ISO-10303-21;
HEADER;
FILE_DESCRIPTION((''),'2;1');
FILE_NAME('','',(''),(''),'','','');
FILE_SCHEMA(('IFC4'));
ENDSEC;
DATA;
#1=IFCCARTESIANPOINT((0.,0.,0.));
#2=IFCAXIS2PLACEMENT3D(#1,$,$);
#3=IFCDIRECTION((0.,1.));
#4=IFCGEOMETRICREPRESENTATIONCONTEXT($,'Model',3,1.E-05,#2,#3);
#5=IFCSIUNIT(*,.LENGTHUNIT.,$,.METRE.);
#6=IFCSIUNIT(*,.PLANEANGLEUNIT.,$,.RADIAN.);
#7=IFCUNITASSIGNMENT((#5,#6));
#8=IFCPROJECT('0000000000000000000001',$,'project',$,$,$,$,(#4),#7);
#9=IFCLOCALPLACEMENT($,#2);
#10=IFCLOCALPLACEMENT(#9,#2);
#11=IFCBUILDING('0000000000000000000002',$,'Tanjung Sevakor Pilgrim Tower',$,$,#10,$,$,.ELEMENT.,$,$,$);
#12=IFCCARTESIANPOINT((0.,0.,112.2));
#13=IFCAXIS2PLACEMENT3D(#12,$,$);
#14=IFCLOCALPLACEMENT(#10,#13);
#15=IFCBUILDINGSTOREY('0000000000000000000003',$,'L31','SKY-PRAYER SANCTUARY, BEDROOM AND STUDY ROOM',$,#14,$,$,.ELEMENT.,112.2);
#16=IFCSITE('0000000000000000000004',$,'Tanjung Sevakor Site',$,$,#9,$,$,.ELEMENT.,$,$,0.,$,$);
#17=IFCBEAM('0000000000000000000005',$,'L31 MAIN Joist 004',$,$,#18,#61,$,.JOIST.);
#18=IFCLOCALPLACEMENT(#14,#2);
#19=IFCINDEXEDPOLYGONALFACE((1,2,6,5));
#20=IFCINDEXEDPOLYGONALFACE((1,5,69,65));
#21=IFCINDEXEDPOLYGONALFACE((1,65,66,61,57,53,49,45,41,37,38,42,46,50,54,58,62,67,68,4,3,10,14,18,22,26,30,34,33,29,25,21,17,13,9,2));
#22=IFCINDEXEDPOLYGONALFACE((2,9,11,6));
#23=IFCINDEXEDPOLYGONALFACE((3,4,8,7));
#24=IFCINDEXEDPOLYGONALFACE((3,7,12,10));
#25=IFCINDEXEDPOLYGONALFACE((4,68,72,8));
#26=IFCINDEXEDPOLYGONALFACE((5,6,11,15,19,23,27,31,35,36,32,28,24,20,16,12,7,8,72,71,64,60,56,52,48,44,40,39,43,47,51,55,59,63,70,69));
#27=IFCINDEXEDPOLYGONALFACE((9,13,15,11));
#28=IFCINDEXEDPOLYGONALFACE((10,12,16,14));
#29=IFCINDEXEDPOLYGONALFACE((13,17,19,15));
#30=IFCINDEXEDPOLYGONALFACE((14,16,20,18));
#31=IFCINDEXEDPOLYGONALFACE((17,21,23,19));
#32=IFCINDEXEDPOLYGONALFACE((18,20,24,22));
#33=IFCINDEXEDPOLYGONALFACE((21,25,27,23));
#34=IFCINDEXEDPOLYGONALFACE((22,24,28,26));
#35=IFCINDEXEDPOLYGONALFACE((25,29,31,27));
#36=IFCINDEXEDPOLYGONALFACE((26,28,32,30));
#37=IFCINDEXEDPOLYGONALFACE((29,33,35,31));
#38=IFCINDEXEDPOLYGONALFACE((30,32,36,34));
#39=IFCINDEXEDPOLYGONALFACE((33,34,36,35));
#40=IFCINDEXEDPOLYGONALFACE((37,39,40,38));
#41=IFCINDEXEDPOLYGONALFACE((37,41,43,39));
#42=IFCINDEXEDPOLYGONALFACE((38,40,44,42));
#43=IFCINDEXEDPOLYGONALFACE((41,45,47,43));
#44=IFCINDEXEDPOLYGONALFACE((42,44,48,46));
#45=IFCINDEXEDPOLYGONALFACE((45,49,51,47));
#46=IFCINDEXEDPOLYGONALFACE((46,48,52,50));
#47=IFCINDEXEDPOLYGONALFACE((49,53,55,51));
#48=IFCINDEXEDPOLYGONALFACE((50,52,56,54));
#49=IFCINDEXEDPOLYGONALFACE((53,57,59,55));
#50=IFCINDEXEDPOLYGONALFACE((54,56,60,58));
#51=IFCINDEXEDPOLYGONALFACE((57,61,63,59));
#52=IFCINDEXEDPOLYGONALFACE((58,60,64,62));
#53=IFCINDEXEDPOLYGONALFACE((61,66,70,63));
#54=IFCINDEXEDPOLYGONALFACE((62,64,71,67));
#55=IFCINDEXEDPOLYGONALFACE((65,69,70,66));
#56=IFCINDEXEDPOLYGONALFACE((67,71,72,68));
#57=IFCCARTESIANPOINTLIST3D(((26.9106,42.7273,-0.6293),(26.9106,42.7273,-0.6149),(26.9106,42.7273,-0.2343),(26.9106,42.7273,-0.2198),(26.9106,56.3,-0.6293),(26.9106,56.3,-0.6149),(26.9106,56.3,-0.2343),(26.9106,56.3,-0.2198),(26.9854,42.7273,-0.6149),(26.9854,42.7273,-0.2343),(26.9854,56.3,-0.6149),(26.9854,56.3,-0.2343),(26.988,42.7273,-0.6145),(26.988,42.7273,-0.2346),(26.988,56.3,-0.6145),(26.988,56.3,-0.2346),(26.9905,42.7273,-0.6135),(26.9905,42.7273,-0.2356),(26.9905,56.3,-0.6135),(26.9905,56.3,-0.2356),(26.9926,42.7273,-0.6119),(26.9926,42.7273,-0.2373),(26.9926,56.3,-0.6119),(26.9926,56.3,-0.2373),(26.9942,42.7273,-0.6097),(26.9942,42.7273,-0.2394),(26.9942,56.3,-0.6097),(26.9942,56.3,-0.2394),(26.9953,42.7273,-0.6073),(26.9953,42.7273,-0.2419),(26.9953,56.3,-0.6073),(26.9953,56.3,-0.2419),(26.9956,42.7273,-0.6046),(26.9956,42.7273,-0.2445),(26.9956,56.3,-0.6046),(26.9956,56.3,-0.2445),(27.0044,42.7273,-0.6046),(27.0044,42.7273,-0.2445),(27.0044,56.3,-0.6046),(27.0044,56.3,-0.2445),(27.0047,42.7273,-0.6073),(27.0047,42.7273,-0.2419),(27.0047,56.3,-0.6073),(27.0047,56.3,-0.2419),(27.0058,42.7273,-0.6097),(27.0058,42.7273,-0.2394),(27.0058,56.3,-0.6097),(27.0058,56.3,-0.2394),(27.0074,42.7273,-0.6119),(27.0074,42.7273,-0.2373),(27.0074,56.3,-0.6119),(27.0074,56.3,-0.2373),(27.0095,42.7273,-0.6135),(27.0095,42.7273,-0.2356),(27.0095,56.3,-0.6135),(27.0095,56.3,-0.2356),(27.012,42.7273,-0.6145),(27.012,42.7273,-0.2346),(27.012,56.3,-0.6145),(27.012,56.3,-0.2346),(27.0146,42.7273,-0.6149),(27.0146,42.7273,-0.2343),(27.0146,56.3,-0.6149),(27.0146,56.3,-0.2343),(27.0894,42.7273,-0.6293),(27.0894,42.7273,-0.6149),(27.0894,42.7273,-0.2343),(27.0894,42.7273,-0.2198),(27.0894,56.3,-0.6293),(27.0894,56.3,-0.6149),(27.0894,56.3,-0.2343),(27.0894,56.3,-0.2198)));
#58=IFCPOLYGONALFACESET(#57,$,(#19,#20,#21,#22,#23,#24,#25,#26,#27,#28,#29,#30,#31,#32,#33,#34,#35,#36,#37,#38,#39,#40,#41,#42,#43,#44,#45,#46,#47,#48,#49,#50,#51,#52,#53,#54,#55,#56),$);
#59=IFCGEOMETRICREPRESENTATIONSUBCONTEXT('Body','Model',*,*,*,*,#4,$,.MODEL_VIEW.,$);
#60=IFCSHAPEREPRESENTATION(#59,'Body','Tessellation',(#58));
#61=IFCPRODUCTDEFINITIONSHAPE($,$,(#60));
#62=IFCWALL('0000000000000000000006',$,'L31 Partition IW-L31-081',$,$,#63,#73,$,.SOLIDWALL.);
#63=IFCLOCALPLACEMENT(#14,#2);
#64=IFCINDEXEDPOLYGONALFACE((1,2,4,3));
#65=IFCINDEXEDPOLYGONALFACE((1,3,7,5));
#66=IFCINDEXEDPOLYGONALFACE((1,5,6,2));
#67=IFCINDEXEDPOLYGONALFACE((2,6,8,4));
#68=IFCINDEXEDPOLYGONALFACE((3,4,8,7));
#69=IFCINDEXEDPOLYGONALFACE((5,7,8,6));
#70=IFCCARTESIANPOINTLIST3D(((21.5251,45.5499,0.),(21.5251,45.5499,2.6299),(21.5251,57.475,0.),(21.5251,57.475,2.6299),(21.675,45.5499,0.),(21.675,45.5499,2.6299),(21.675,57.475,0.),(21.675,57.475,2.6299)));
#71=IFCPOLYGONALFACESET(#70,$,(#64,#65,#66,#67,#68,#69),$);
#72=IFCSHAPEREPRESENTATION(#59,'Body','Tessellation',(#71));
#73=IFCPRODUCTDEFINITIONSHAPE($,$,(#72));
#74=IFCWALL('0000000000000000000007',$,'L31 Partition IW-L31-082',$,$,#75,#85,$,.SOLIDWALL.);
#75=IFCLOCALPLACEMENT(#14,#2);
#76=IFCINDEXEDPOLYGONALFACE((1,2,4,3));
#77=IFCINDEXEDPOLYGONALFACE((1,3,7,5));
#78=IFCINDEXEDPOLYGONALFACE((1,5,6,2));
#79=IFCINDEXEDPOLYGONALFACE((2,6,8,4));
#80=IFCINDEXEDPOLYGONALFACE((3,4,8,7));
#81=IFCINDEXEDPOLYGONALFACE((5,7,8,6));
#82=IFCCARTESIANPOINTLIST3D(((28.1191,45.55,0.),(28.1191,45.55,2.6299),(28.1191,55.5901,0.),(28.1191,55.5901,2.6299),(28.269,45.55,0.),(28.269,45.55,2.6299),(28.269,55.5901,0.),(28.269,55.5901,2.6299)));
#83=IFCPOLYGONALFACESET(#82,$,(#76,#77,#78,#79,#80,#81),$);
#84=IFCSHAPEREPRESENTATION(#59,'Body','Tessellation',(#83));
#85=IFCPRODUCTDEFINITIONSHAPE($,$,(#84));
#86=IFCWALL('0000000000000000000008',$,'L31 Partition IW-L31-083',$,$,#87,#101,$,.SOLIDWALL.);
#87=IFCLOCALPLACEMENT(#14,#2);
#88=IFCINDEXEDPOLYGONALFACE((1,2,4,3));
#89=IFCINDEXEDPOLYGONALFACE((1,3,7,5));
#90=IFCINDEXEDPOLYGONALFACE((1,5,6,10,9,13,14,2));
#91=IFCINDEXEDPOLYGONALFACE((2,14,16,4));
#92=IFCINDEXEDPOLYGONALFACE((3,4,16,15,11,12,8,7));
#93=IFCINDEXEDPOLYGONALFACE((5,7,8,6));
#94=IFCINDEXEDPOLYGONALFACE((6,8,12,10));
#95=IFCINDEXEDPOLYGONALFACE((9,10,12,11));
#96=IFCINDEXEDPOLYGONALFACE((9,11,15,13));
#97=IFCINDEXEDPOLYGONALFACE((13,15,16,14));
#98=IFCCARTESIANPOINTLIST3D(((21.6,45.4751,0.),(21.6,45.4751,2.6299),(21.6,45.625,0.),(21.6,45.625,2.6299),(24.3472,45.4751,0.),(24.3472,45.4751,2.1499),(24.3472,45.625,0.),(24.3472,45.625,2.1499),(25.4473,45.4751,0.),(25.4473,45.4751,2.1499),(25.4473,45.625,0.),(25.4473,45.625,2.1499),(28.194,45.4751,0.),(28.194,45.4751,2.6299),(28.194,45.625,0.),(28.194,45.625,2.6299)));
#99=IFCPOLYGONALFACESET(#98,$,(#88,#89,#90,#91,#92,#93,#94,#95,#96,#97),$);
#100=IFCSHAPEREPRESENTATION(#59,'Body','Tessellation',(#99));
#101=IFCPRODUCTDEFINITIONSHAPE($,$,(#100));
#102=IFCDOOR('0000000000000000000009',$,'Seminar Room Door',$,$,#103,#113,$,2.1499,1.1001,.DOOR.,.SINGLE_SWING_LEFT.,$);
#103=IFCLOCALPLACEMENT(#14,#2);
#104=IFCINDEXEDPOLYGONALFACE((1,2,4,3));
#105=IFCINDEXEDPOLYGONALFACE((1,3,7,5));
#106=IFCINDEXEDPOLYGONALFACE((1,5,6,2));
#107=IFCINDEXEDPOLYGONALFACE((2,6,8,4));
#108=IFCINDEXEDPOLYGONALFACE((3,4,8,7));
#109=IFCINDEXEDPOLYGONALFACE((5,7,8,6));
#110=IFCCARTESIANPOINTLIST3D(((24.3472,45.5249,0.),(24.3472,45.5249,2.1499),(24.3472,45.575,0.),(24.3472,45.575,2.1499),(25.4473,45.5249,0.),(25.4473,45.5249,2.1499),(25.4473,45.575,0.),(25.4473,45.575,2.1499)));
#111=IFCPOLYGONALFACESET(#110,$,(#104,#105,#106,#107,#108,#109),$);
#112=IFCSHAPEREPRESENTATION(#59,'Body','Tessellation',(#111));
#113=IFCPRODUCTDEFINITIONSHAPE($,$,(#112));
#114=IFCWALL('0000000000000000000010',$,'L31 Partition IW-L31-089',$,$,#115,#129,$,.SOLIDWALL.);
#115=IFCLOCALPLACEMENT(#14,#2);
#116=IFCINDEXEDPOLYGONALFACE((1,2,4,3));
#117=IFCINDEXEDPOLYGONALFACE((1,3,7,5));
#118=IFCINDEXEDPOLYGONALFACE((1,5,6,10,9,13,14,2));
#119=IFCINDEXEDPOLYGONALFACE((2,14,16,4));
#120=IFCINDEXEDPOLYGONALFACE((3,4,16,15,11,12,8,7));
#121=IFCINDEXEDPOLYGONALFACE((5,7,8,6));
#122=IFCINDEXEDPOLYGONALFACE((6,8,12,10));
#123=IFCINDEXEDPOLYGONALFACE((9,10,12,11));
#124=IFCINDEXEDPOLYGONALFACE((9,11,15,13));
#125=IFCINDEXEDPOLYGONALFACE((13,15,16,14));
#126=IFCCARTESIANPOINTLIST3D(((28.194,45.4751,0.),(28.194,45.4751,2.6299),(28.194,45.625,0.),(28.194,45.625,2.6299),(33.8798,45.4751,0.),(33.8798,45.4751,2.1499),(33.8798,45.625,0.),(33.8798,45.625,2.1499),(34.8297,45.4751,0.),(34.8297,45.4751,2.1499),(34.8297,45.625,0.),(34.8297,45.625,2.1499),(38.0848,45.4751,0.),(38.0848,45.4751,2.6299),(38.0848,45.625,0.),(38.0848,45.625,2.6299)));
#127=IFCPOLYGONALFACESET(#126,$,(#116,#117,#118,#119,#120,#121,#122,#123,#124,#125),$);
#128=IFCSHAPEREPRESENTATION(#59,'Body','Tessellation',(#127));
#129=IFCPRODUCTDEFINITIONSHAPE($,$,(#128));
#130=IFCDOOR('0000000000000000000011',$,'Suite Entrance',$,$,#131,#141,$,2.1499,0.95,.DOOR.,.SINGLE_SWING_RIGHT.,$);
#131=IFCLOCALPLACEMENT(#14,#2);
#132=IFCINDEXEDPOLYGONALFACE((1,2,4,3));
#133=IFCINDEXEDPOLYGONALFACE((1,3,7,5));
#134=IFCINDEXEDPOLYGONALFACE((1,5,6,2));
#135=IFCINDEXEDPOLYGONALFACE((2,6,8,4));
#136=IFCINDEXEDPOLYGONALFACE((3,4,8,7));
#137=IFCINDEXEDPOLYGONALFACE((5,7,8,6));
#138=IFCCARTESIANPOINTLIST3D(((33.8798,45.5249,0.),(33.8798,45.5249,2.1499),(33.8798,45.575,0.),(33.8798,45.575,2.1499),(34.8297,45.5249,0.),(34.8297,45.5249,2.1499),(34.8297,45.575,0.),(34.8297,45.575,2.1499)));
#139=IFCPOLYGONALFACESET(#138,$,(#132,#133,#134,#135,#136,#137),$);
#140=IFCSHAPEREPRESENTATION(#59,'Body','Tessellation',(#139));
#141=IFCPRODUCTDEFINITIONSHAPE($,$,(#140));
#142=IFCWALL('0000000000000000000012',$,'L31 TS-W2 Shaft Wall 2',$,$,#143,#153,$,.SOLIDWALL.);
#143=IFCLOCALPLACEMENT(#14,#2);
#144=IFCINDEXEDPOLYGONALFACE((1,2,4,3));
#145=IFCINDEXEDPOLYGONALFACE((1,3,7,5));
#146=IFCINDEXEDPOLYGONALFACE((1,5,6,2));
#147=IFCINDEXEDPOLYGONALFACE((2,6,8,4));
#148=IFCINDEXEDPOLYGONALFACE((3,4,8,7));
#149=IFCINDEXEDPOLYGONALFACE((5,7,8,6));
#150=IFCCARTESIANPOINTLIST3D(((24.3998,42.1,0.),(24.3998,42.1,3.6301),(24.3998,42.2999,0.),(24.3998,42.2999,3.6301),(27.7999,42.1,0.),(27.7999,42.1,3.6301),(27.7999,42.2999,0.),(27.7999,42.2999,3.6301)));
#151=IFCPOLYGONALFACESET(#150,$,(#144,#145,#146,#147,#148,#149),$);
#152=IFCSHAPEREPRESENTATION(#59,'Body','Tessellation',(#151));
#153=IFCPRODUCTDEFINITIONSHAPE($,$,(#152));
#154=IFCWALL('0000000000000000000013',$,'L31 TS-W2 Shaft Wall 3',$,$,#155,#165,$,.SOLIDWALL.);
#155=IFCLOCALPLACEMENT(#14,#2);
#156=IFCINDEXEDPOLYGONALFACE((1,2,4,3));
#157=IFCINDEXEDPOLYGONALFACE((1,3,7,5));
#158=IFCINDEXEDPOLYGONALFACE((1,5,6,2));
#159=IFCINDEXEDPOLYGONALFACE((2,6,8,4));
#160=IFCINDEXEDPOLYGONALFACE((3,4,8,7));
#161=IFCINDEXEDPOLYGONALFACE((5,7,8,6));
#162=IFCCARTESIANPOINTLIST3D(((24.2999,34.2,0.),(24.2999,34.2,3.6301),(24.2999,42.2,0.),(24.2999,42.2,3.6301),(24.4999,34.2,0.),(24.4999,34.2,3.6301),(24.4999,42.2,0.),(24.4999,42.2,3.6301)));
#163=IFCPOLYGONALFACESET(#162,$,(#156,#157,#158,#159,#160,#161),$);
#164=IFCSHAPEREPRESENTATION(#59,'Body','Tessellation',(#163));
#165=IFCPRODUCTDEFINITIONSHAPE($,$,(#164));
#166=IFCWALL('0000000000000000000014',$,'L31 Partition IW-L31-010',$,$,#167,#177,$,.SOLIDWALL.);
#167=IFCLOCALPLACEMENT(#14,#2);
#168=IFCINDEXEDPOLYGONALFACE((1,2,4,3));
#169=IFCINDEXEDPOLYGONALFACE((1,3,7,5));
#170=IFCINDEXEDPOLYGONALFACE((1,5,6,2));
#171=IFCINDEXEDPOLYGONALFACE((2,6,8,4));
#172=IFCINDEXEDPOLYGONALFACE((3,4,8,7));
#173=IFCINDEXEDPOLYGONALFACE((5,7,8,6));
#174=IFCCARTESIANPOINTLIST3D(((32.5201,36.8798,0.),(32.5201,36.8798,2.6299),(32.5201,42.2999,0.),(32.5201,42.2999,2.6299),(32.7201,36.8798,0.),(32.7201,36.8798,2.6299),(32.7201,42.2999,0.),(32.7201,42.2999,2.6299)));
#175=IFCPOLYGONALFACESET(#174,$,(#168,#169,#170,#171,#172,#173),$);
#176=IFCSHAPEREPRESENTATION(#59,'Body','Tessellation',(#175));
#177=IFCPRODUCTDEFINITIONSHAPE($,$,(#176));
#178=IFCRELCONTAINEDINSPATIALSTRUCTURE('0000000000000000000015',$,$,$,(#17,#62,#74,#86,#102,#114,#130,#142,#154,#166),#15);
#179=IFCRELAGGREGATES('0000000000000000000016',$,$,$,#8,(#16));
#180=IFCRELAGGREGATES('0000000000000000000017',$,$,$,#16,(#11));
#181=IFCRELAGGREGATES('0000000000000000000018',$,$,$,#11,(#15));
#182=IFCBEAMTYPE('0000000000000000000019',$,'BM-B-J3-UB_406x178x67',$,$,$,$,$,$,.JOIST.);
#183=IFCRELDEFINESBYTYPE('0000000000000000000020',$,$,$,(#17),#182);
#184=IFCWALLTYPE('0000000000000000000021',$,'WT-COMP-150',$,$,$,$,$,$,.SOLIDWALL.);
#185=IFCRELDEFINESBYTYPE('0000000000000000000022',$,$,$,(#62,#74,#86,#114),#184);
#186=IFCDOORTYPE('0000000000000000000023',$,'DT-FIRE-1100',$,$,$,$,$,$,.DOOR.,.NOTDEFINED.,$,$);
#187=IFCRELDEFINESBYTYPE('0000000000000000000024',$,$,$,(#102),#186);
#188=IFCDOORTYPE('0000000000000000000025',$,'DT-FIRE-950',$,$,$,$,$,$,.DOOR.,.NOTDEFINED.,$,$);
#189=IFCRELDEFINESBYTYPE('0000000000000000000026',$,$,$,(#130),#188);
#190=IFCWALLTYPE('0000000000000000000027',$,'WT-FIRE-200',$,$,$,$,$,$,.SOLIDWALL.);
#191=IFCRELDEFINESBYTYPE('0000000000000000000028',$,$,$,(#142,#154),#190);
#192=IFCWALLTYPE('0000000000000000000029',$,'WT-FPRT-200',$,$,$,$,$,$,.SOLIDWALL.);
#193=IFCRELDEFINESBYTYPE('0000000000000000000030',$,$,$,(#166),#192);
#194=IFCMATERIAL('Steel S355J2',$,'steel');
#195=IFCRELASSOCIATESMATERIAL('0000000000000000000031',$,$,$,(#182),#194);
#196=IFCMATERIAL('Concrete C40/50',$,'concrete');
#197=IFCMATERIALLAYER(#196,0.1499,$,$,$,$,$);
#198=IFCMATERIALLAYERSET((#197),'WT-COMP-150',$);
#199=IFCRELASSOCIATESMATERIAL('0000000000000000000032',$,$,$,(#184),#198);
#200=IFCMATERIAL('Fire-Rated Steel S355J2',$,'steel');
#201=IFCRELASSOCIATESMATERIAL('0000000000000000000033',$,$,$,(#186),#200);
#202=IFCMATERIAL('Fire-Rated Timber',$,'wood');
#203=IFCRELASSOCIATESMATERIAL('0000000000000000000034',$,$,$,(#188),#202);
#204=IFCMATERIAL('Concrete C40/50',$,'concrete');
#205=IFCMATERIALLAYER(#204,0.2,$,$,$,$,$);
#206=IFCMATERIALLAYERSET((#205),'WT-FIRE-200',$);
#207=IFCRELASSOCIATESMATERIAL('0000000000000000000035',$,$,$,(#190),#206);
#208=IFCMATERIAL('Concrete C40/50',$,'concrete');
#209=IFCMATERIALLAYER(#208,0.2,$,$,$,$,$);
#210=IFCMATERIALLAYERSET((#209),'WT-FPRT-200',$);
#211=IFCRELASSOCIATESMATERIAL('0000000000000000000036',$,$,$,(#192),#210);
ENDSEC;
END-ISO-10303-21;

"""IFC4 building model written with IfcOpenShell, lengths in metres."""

from ifc_helpers import new_model, si_unit, direction, frame, frame_2d, origin, origin_2d, place, context, subcontext, project, spatial, rectangle, i_section, extrude, material, layer, layer_set, material_profile, profile_set, type_object, element, fill, save


model = new_model("IFC4")

# Units and contexts
model_context = context("Model", 3, precision=1e-05, world=origin(), true_north=direction((0.0, 1.0)))
body_context = subcontext(model_context, "Body", "Model", "MODEL_VIEW")
ifc_project = project(units=[si_unit("LENGTHUNIT", "METRE"), si_unit("PLANEANGLEUNIT", "RADIAN")], contexts=[model_context])

# Site, building, storey
site_placement = place(None, origin())
site = spatial("IfcSite", under=ifc_project, at=site_placement, Name="Tanjung Sevakor Site", CompositionType="ELEMENT", RefElevation=0.0)
building_placement = place(site_placement, origin())
building = spatial("IfcBuilding", under=site, at=building_placement, Name="Tanjung Sevakor Pilgrim Tower", CompositionType="ELEMENT")
storey_placement = place(building_placement, frame((0.0, 0.0, 112.2)))
storey = spatial("IfcBuildingStorey", under=building, at=storey_placement, Name="L31", Description="SKY-PRAYER SANCTUARY, BEDROOM AND STUDY ROOM", CompositionType="ELEMENT", Elevation=112.2)

# Beam
ifc_material_1 = material(Name="Steel S355J2", Category="steel")
ifc_material_profile_1 = material_profile(ifc_material_1, i_section(OverallWidth=0.1787, OverallDepth=0.4094, WebThickness=0.0088, FlangeThickness=0.0144, FilletRadius=0.0103, at=origin_2d()))
ifc_profile_set_1 = profile_set([ifc_material_profile_1], Name="Steel S355J2")
beam_type_1 = type_object("IfcBeamType", Name="BM-B-J3-UB_406x178x67", PredefinedType="JOIST", material=ifc_profile_set_1)
beam_1_placement = place(storey_placement, frame((27.0, 42.7273, -0.4246), z_axis=(0.0, 1.0, 0.0), x_axis=(-1.0, 0.0, 0.0)))
element("IfcBeam", 1, at=beam_1_placement, inside=storey, type_object=beam_type_1, Name="L31 MAIN Joist 004", PredefinedType="JOIST", context=body_context, shape_type="SweptSolid", body=[
    extrude(i_section(OverallWidth=0.1787, OverallDepth=0.4094, WebThickness=0.0088, FlangeThickness=0.0144, FilletRadius=0.0103, at=origin_2d()), origin(), (0.0, 0.0, 1.0), 13.5728),
])

# Walls
ifc_material_2 = material(Name="Concrete C40/50", Category="concrete")
ifc_layer_1 = layer(ifc_material_2, 0.1499)
ifc_layer_set_1 = layer_set([ifc_layer_1], Name="WT-COMP-150")
wall_type_1 = type_object("IfcWallType", Name="WT-COMP-150", PredefinedType="SOLIDWALL", material=ifc_layer_set_1)
wall_1_placement = place(storey_placement, frame((21.6001, 45.55, 0.0), z_axis=(0.0, 0.0, 1.0), x_axis=(0.0, 1.0, 0.0)))
element("IfcWall", 2, at=wall_1_placement, inside=storey, type_object=wall_type_1, Name="L31 Partition IW-L31-081", PredefinedType="SOLIDWALL", context=body_context, shape_type="SweptSolid", body=[
    extrude(rectangle(XDim=11.925, YDim=0.1499, at=frame_2d((5.9624, 0.0))), origin(), (0.0, 0.0, 1.0), 2.6299),
])
wall_2_placement = place(storey_placement, frame((28.1941, 45.55, 0.0), z_axis=(0.0, 0.0, 1.0), x_axis=(0.0, 1.0, 0.0)))
element("IfcWall", 3, at=wall_2_placement, inside=storey, type_object=wall_type_1, Name="L31 Partition IW-L31-082", PredefinedType="SOLIDWALL", context=body_context, shape_type="SweptSolid", body=[
    extrude(rectangle(XDim=10.04, YDim=0.1499, at=frame_2d((5.02, 0.0))), origin(), (0.0, 0.0, 1.0), 2.6299),
])

# Walls, openings, doors
wall_3_placement = place(storey_placement, frame((21.6001, 45.55, 0.0), z_axis=(0.0, 0.0, 1.0), x_axis=(1.0, 0.0, 0.0)))
wall_3 = element("IfcWall", 4, at=wall_3_placement, inside=storey, type_object=wall_type_1, Name="L31 Partition IW-L31-083", PredefinedType="SOLIDWALL", context=body_context, shape_type="SweptSolid", body=[
    extrude(rectangle(XDim=6.594, YDim=0.1499, at=frame_2d((3.2969, 0.0))), origin(), (0.0, 0.0, 1.0), 2.6299),
])
opening_1_placement = place(wall_3_placement, frame((2.7471, 0.0, 0.0)))
opening_1 = element("IfcOpeningElement", 5, at=opening_1_placement, cuts=wall_3, PredefinedType="OPENING", context=body_context, shape_type="SweptSolid", body=[
    extrude(rectangle(XDim=1.1001, YDim=2.1499, at=frame_2d((0.55, 1.075))), frame((0.0, 0.085, 0.0), z_axis=(0.0, -1.0, 0.0), x_axis=(1.0, 0.0, 0.0)), (0.0, 0.0, 1.0), 0.1699),
])
ifc_material_3 = material(Name="Fire-Rated Steel S355J2", Category="steel")
door_type_1 = type_object("IfcDoorType", Name="DT-FIRE-1100", OperationType="NOTDEFINED", PredefinedType="DOOR", material=ifc_material_3)
door_1_placement = place(opening_1_placement, origin())
door_1 = element("IfcDoor", 6, at=door_1_placement, inside=storey, type_object=door_type_1, Name="Seminar Room Door", OperationType="SINGLE_SWING_LEFT", OverallHeight=2.1499, OverallWidth=1.1001, PredefinedType="DOOR", context=body_context, shape_type="SweptSolid", body=[
    extrude(rectangle(XDim=1.1001, YDim=2.1499, at=frame_2d((0.55, 1.075))), frame((0.0, 0.0249, 0.0), z_axis=(0.0, -1.0, 0.0), x_axis=(1.0, 0.0, 0.0)), (0.0, 0.0, 1.0), 0.05),
])
fill(opening_1, door_1)
wall_4_placement = place(storey_placement, frame((28.1941, 45.55, 0.0), z_axis=(0.0, 0.0, 1.0), x_axis=(1.0, 0.0, 0.0)))
wall_4 = element("IfcWall", 7, at=wall_4_placement, inside=storey, type_object=wall_type_1, Name="L31 Partition IW-L31-089", PredefinedType="SOLIDWALL", context=body_context, shape_type="SweptSolid", body=[
    extrude(rectangle(XDim=9.8909, YDim=0.1499, at=frame_2d((4.9453, 0.0))), origin(), (0.0, 0.0, 1.0), 2.6299),
])
opening_2_placement = place(wall_4_placement, frame((5.6855, 0.0, 0.0)))
opening_2 = element("IfcOpeningElement", 8, at=opening_2_placement, cuts=wall_4, PredefinedType="OPENING", context=body_context, shape_type="SweptSolid", body=[
    extrude(rectangle(XDim=0.95, YDim=2.1499, at=frame_2d((0.4751, 1.075))), frame((0.0, 0.085, 0.0), z_axis=(0.0, -1.0, 0.0), x_axis=(1.0, 0.0, 0.0)), (0.0, 0.0, 1.0), 0.1699),
])
ifc_material_4 = material(Name="Fire-Rated Timber", Category="wood")
door_type_2 = type_object("IfcDoorType", Name="DT-FIRE-950", OperationType="NOTDEFINED", PredefinedType="DOOR", material=ifc_material_4)
door_2_placement = place(opening_2_placement, origin())
door_2 = element("IfcDoor", 9, at=door_2_placement, inside=storey, type_object=door_type_2, Name="Suite Entrance", OperationType="SINGLE_SWING_RIGHT", OverallHeight=2.1499, OverallWidth=0.95, PredefinedType="DOOR", context=body_context, shape_type="SweptSolid", body=[
    extrude(rectangle(XDim=0.95, YDim=2.1499, at=frame_2d((0.4751, 1.075))), frame((0.0, 0.0249, 0.0), z_axis=(0.0, -1.0, 0.0), x_axis=(1.0, 0.0, 0.0)), (0.0, 0.0, 1.0), 0.05),
])
fill(opening_2, door_2)

# Walls
ifc_material_5 = material(Name="Concrete C40/50", Category="concrete")
ifc_layer_2 = layer(ifc_material_5, 0.2)
ifc_layer_set_2 = layer_set([ifc_layer_2], Name="WT-FIRE-200")
wall_type_2 = type_object("IfcWallType", Name="WT-FIRE-200", PredefinedType="SOLIDWALL", material=ifc_layer_set_2)
wall_5_placement = place(storey_placement, frame((27.8, 42.2, 0.0), z_axis=(0.0, 0.0, 1.0), x_axis=(-1.0, 0.0, 0.0)))
element("IfcWall", 10, at=wall_5_placement, inside=storey, type_object=wall_type_2, Name="L31 TS-W2 Shaft Wall 2", PredefinedType="SOLIDWALL", context=body_context, shape_type="SweptSolid", body=[
    extrude(rectangle(XDim=3.4001, YDim=0.2, at=frame_2d((1.7002, 0.0))), origin(), (0.0, 0.0, 1.0), 3.6301),
])
wall_6_placement = place(storey_placement, frame((24.3999, 42.2, 0.0), z_axis=(0.0, 0.0, 1.0), x_axis=(0.0, -1.0, 0.0)))
element("IfcWall", 11, at=wall_6_placement, inside=storey, type_object=wall_type_2, Name="L31 TS-W2 Shaft Wall 3", PredefinedType="SOLIDWALL", context=body_context, shape_type="SweptSolid", body=[
    extrude(rectangle(XDim=8.0, YDim=0.2, at=frame_2d((4.0, 0.0))), origin(), (0.0, 0.0, 1.0), 3.6301),
])
ifc_material_6 = material(Name="Concrete C40/50", Category="concrete")
ifc_layer_3 = layer(ifc_material_6, 0.2)
ifc_layer_set_3 = layer_set([ifc_layer_3], Name="WT-FPRT-200")
wall_type_3 = type_object("IfcWallType", Name="WT-FPRT-200", PredefinedType="SOLIDWALL", material=ifc_layer_set_3)
wall_7_placement = place(storey_placement, frame((32.6201, 36.8799, 0.0), z_axis=(0.0, 0.0, 1.0), x_axis=(0.0, 1.0, 0.0)))
element("IfcWall", 12, at=wall_7_placement, inside=storey, type_object=wall_type_3, Name="L31 Partition IW-L31-010", PredefinedType="SOLIDWALL", context=body_context, shape_type="SweptSolid", body=[
    extrude(rectangle(XDim=5.4202, YDim=0.2, at=frame_2d((2.71, 0.0))), origin(), (0.0, 0.0, 1.0), 2.6299),
])

save(model, "model.ifc")
